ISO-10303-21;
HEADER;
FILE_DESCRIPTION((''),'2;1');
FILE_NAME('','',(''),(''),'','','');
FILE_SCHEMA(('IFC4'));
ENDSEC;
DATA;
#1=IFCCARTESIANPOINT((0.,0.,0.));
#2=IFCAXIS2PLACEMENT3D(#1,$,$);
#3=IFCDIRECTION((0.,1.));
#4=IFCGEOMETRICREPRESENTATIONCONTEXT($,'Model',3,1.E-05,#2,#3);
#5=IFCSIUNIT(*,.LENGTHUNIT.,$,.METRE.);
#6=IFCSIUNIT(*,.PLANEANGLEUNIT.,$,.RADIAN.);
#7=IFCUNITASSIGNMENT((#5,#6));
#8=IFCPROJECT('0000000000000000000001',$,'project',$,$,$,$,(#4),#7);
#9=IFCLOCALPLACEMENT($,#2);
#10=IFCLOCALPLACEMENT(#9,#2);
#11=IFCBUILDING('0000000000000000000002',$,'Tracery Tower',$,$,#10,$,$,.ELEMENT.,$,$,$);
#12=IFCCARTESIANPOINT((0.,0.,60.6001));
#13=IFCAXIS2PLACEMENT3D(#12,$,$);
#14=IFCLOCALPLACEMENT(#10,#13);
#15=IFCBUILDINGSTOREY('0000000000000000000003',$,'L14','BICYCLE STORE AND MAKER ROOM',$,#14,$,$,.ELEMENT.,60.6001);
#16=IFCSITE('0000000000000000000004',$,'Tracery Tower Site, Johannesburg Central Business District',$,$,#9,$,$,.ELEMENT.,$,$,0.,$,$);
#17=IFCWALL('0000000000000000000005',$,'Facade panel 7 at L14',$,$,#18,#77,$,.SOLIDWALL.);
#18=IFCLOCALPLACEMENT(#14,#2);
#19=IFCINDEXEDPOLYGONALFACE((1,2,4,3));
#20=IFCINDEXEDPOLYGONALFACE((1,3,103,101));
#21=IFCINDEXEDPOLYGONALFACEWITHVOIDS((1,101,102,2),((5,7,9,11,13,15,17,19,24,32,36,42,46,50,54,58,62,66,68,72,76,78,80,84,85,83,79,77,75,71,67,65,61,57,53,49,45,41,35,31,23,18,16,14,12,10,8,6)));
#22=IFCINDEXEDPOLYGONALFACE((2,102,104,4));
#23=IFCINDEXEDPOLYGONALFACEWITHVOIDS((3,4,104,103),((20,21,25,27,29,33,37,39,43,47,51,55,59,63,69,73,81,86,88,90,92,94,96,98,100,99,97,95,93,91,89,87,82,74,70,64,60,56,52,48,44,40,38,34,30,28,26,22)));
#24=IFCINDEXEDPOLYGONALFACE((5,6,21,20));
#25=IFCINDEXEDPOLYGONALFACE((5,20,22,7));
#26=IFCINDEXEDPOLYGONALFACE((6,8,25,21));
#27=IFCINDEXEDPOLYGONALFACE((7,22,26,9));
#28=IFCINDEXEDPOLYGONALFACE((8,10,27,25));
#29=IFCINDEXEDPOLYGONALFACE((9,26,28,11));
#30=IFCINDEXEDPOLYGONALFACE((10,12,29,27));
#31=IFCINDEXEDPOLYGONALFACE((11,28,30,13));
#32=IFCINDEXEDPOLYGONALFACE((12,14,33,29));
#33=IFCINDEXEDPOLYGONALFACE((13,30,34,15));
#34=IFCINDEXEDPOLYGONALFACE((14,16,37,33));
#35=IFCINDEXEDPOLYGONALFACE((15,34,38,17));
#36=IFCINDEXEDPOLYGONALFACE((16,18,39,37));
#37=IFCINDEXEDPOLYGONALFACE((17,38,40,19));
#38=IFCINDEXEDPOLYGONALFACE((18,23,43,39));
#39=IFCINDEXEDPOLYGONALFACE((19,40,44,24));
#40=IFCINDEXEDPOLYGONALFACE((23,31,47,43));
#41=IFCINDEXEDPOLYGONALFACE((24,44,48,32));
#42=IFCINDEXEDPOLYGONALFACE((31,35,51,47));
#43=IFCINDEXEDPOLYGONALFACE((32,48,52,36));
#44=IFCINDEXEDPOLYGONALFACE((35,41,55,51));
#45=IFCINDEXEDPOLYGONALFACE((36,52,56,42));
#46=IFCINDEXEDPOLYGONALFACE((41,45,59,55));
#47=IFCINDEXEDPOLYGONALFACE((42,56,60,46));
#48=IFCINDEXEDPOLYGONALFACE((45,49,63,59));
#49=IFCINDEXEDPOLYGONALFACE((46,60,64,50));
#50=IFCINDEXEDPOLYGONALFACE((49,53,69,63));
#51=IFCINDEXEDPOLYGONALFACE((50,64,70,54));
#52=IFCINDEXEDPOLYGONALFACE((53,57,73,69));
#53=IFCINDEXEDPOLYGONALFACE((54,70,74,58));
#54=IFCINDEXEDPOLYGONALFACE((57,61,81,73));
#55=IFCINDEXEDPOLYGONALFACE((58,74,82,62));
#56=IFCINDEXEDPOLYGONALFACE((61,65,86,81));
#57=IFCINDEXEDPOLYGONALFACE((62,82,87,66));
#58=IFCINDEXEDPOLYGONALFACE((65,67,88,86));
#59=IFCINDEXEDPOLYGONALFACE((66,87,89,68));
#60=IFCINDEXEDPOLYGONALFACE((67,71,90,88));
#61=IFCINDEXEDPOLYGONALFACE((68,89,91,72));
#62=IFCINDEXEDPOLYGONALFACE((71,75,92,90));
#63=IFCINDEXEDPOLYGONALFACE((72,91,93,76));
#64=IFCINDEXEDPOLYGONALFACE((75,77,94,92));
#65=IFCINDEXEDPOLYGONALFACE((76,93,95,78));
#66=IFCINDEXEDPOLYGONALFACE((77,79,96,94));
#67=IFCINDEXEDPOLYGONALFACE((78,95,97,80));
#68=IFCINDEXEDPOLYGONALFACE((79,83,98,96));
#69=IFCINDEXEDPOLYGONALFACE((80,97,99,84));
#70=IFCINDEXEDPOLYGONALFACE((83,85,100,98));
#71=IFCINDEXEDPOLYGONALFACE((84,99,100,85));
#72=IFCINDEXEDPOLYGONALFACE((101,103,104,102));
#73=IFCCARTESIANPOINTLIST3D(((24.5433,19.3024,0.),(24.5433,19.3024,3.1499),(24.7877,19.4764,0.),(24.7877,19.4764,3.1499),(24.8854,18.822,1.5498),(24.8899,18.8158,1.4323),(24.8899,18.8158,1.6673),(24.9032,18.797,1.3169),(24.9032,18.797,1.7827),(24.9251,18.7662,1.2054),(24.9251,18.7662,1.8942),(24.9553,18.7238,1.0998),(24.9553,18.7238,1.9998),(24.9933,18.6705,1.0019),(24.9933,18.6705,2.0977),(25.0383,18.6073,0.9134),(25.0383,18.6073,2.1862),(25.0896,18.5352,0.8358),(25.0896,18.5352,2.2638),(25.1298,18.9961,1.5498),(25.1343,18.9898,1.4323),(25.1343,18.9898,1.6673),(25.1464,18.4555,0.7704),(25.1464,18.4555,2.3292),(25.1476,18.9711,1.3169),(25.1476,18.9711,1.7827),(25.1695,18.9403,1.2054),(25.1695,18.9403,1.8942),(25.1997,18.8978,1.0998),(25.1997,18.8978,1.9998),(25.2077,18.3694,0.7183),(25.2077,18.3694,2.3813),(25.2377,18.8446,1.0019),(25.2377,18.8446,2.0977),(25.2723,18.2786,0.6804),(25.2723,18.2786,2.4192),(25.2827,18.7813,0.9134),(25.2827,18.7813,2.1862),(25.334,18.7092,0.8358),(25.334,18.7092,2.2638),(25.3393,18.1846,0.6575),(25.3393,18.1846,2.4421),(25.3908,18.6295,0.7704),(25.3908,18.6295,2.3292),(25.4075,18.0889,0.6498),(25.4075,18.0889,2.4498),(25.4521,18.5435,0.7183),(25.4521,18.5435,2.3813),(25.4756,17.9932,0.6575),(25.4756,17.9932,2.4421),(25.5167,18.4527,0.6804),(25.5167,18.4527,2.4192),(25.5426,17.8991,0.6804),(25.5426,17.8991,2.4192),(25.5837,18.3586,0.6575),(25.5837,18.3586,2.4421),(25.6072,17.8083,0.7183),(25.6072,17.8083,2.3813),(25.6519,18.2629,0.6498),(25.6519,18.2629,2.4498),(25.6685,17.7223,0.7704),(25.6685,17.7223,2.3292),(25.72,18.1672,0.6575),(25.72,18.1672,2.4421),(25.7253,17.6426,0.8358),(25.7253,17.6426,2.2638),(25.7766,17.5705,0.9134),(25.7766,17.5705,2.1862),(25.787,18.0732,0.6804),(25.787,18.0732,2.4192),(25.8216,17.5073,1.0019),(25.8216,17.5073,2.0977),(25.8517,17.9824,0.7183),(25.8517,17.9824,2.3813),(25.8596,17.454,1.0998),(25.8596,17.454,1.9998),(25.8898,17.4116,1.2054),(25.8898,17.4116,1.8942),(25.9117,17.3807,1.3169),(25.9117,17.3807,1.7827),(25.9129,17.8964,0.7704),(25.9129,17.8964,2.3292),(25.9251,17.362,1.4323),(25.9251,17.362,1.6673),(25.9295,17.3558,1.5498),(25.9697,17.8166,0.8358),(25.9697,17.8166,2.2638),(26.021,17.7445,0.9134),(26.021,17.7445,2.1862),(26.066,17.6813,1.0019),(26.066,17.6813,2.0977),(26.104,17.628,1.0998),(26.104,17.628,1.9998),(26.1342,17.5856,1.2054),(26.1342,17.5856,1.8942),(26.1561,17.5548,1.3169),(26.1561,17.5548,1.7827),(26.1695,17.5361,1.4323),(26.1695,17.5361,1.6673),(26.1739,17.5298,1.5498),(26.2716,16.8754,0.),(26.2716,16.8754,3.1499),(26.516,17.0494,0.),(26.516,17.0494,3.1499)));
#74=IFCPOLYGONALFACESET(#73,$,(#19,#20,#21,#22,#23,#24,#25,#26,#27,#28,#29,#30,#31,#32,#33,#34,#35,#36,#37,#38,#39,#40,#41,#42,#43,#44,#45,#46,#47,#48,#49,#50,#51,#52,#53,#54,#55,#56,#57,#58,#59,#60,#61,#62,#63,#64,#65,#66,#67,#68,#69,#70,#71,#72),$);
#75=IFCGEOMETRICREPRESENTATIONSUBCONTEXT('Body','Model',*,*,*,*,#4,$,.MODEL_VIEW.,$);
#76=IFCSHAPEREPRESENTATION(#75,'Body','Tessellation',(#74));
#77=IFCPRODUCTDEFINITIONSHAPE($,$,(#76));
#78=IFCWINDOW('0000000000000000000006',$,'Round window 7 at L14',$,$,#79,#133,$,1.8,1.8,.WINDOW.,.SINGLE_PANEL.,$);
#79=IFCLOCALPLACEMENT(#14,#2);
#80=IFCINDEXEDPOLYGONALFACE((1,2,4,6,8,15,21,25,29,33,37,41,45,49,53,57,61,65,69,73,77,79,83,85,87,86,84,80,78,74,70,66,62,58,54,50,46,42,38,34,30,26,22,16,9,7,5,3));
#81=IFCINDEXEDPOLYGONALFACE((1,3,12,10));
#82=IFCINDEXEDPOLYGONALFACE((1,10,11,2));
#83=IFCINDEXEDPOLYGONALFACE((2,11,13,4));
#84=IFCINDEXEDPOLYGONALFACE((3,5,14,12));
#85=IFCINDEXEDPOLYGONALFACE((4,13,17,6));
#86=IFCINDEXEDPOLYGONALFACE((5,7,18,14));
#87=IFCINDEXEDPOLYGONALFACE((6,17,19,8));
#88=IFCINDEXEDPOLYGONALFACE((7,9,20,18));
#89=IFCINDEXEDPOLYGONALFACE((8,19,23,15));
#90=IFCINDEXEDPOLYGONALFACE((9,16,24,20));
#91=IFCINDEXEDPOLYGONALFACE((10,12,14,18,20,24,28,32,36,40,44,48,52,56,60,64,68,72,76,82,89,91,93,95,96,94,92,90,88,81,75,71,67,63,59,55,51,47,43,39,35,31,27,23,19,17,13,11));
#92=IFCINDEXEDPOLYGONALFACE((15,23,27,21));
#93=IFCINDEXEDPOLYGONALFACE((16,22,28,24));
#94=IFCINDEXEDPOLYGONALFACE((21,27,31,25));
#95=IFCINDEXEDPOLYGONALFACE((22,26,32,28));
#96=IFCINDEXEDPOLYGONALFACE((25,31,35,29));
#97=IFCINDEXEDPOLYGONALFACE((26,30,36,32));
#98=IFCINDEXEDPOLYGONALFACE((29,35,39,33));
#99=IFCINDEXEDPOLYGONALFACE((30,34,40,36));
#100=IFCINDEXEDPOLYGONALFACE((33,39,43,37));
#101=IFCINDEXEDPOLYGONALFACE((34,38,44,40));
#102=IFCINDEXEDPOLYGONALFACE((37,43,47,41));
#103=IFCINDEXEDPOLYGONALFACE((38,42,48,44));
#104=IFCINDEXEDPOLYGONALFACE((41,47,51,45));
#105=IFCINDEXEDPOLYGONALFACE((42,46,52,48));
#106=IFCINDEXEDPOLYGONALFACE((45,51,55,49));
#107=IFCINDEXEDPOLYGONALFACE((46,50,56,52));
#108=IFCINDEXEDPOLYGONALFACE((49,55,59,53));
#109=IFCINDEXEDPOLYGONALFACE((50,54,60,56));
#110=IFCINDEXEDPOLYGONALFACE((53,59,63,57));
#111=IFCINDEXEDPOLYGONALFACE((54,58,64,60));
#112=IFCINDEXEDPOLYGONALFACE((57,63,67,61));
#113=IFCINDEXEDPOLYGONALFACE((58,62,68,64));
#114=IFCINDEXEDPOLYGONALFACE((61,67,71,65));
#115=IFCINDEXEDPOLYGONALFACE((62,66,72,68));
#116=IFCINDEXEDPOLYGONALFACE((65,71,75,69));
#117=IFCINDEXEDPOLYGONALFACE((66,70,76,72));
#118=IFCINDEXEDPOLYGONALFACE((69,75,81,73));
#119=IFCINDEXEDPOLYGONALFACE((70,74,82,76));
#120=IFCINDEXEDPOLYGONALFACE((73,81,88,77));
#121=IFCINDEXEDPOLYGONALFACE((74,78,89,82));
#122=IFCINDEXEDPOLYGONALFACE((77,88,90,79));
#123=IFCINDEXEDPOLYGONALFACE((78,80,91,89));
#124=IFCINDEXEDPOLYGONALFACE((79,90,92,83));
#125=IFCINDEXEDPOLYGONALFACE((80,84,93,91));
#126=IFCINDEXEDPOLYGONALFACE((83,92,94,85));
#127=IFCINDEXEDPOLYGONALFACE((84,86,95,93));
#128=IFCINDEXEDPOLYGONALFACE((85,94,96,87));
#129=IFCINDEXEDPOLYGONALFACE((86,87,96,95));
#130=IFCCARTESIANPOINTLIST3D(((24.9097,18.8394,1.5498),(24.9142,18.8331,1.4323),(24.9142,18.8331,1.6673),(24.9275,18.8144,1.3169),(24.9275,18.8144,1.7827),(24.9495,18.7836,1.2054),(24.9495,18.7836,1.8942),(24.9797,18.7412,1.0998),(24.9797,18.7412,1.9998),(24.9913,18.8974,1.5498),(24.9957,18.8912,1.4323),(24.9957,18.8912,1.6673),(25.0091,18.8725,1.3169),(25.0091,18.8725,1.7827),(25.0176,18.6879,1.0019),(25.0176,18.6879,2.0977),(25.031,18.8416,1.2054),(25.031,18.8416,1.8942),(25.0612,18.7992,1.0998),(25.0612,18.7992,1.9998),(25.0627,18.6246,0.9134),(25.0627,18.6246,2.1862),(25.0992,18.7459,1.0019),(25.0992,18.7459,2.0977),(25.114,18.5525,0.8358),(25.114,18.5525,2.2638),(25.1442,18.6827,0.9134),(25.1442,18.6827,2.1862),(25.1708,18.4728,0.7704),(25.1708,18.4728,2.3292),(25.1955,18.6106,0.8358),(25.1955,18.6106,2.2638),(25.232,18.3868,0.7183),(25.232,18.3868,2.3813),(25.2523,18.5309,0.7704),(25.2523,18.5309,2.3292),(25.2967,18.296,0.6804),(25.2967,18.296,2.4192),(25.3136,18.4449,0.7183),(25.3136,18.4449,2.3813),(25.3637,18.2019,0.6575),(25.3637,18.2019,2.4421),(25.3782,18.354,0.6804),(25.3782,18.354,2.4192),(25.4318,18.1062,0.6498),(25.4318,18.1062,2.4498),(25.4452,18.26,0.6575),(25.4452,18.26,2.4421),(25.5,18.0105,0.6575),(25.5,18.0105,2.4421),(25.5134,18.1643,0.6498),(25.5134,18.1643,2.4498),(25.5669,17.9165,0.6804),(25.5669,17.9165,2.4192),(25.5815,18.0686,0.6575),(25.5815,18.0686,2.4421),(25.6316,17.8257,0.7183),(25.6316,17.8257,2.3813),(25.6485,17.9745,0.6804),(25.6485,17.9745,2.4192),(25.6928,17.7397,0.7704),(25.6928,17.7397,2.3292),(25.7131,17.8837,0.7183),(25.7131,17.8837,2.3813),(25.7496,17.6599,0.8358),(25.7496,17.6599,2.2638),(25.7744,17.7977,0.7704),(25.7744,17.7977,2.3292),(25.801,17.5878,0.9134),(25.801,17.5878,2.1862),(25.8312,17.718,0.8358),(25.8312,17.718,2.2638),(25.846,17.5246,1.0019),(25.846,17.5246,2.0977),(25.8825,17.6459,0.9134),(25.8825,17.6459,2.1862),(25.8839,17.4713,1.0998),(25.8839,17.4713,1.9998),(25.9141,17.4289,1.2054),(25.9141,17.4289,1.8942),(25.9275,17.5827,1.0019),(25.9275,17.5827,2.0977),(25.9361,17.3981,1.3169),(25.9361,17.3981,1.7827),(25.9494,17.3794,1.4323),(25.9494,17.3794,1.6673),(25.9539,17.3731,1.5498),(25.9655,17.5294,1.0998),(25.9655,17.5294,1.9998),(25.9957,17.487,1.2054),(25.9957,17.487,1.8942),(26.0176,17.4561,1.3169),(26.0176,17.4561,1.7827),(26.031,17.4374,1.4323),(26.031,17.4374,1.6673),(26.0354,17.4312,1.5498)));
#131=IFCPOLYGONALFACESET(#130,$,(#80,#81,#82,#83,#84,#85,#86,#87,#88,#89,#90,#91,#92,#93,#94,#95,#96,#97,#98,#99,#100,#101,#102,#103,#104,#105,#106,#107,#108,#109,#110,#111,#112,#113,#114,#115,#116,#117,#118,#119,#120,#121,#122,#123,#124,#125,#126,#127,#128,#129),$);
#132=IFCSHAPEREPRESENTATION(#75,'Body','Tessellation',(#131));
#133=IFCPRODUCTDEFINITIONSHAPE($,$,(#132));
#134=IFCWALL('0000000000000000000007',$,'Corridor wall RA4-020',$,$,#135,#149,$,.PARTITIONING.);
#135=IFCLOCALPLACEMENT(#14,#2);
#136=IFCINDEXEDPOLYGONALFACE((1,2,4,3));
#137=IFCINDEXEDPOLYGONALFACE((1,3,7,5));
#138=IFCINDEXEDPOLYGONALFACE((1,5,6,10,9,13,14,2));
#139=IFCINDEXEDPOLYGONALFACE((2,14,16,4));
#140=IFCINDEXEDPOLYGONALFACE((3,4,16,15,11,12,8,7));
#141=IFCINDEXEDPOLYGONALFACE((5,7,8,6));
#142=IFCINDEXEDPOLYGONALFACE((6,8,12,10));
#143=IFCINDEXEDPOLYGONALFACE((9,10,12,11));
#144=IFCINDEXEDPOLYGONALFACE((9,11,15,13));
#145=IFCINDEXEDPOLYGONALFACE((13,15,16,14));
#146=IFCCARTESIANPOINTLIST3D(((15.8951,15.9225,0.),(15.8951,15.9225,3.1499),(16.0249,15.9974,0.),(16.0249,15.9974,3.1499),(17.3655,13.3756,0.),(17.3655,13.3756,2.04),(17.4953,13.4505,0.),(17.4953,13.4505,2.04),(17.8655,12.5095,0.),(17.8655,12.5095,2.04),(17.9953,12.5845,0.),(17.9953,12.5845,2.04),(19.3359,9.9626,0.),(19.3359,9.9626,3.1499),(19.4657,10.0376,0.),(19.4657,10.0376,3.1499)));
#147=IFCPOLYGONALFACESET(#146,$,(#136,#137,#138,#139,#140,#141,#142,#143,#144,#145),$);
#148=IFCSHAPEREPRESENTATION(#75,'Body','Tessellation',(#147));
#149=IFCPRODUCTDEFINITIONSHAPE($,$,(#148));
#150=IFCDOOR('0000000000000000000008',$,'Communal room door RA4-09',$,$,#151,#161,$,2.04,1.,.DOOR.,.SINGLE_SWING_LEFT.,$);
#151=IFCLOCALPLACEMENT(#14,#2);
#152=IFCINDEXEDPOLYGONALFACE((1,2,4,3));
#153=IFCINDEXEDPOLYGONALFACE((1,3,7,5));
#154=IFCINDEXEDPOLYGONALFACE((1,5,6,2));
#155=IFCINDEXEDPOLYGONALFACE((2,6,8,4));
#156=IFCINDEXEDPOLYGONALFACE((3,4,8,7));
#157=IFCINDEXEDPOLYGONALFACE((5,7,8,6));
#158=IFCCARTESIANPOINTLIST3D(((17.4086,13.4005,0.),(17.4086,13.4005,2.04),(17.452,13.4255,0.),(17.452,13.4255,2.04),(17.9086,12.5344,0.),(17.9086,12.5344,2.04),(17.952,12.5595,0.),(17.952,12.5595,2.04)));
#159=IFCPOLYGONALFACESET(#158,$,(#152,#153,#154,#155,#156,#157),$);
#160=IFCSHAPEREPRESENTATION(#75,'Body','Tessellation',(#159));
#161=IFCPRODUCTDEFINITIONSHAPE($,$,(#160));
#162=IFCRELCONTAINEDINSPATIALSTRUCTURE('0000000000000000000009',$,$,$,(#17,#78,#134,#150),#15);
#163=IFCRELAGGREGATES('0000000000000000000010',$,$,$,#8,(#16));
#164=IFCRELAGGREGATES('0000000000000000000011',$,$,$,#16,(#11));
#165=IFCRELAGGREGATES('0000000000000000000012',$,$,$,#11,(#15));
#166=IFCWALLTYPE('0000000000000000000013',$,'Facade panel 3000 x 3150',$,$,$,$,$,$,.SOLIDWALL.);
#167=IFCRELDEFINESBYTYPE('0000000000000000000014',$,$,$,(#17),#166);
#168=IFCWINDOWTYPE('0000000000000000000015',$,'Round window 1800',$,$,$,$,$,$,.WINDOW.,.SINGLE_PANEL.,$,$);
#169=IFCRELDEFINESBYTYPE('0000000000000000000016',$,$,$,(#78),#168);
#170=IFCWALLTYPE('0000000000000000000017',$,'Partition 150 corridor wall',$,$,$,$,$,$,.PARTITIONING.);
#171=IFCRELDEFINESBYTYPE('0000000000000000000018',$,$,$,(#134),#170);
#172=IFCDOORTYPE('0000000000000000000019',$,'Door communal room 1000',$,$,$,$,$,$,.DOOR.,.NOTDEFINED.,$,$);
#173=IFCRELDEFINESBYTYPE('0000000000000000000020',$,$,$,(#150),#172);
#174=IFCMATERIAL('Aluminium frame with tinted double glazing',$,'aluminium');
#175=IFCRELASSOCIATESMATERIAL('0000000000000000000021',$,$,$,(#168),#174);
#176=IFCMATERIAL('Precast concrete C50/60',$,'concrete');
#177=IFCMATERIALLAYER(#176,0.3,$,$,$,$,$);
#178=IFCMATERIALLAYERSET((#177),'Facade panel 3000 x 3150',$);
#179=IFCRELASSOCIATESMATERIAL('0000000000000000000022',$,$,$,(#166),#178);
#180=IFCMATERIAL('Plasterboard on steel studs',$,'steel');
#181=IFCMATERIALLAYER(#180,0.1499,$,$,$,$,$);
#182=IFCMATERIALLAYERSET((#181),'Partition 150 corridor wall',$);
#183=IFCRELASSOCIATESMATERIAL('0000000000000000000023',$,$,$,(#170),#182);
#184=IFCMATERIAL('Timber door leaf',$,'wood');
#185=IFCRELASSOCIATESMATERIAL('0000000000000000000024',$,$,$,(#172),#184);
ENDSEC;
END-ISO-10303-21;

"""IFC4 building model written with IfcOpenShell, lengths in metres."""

from ifc_helpers import new_model, si_unit, direction, frame, frame_2d, origin, origin_2d, place, context, subcontext, project, spatial, rectangle, circle, extrude, material, layer, layer_set, type_object, element, fill, save


model = new_model("IFC4")

# Units and contexts
model_context = context("Model", 3, precision=1e-05, world=origin(), true_north=direction((0.0, 1.0)))
body_context = subcontext(model_context, "Body", "Model", "MODEL_VIEW")
ifc_project = project(units=[si_unit("LENGTHUNIT", "METRE"), si_unit("PLANEANGLEUNIT", "RADIAN")], contexts=[model_context])

# Site, building, storey
site_placement = place(None, origin())
site = spatial("IfcSite", under=ifc_project, at=site_placement, Name="Tracery Tower Site, Johannesburg Central Business District", CompositionType="ELEMENT", RefElevation=0.0)
building_placement = place(site_placement, origin())
building = spatial("IfcBuilding", under=site, at=building_placement, Name="Tracery Tower", CompositionType="ELEMENT")
storey_placement = place(building_placement, frame((0.0, 0.0, 60.6001)))
storey = spatial("IfcBuildingStorey", under=building, at=storey_placement, Name="L14", Description="BICYCLE STORE AND MAKER ROOM", CompositionType="ELEMENT", Elevation=60.6001)

# Wall, opening, window
ifc_material_1 = material(Name="Aluminium frame with tinted double glazing", Category="aluminium")
window_type = type_object("IfcWindowType", Name="Round window 1800", PartitioningType="SINGLE_PANEL", PredefinedType="WINDOW", material=ifc_material_1)
ifc_material_2 = material(Name="Precast concrete C50/60", Category="concrete")
ifc_layer_1 = layer(ifc_material_2, 0.3)
ifc_layer_set_1 = layer_set([ifc_layer_1], Name="Facade panel 3000 x 3150")
wall_type_1 = type_object("IfcWallType", Name="Facade panel 3000 x 3150", PredefinedType="SOLIDWALL", material=ifc_layer_set_1)
wall_1_placement = place(storey_placement, frame((26.3938, 16.9624, 0.0), z_axis=(0.0, 0.0, 1.0), x_axis=(-0.580059, 0.814574, 0.0)))
wall_1 = element("IfcWall", 1, at=wall_1_placement, inside=storey, type_object=wall_type_1, Name="Facade panel 7 at L14", PredefinedType="SOLIDWALL", context=body_context, shape_type="SweptSolid", body=[
    extrude(rectangle(XDim=2.9795, YDim=0.3, at=frame_2d((1.4897, 0.0))), origin(), (0.0, 0.0, 1.0), 3.1499),
])
opening_1_placement = place(wall_1_placement, frame((1.4897, 0.0, 1.5498)))
opening_1 = element("IfcOpeningElement", 2, at=opening_1_placement, cuts=wall_1, PredefinedType="OPENING", context=body_context, shape_type="SweptSolid", body=[
    extrude(circle(Radius=0.9, at=origin_2d()), frame((0.0, 0.1599, 0.0), z_axis=(0.0, -1.0, 0.0), x_axis=(1.0, 0.0, 0.0)), (0.0, 0.0, 1.0), 0.3201),
])
window_1_placement = place(opening_1_placement, origin())
window_1 = element("IfcWindow", 3, at=window_1_placement, inside=storey, type_object=window_type, Name="Round window 7 at L14", OverallHeight=1.8, OverallWidth=1.8, PartitioningType="SINGLE_PANEL", PredefinedType="WINDOW", context=body_context, shape_type="SweptSolid", body=[
    extrude(circle(Radius=0.9, at=origin_2d()), frame((0.0, 0.1201, 0.0), z_axis=(0.0, -1.0, 0.0), x_axis=(1.0, 0.0, 0.0)), (0.0, 0.0, 1.0), 0.1001),
])
fill(opening_1, window_1)

# Wall, opening, door
ifc_material_3 = material(Name="Plasterboard on steel studs", Category="steel")
ifc_layer_2 = layer(ifc_material_3, 0.1499)
ifc_layer_set_2 = layer_set([ifc_layer_2], Name="Partition 150 corridor wall")
wall_type_2 = type_object("IfcWallType", Name="Partition 150 corridor wall", PredefinedType="PARTITIONING", material=ifc_layer_set_2)
wall_2_placement = place(storey_placement, frame((15.96, 15.96, 0.0), z_axis=(0.0, 0.0, 1.0), x_axis=(0.499993, -0.86603, 0.0)))
wall_2 = element("IfcWall", 4, at=wall_2_placement, inside=storey, type_object=wall_type_2, Name="Corridor wall RA4-020", PredefinedType="PARTITIONING", context=body_context, shape_type="SweptSolid", body=[
    extrude(rectangle(XDim=6.8818, YDim=0.1499, at=frame_2d((3.4409, 0.0))), origin(), (0.0, 0.0, 1.0), 3.1499),
])
opening_2_placement = place(wall_2_placement, frame((2.9409, 0.0, 0.0)))
opening_2 = element("IfcOpeningElement", 5, at=opening_2_placement, cuts=wall_2, PredefinedType="OPENING", context=body_context, shape_type="SweptSolid", body=[
    extrude(rectangle(XDim=1.0, YDim=2.04, at=frame_2d((0.5, 1.02))), frame((0.0, 0.075, 0.0), z_axis=(0.0, -1.0, 0.0), x_axis=(1.0, 0.0, 0.0)), (0.0, 0.0, 1.0), 0.1499),
])
ifc_material_4 = material(Name="Timber door leaf", Category="wood")
door_type_1 = type_object("IfcDoorType", Name="Door communal room 1000", OperationType="NOTDEFINED", PredefinedType="DOOR", material=ifc_material_4)
door_1_placement = place(opening_2_placement, origin())
door_1 = element("IfcDoor", 6, at=door_1_placement, inside=storey, type_object=door_type_1, Name="Communal room door RA4-09", OperationType="SINGLE_SWING_LEFT", OverallHeight=2.04, OverallWidth=1.0, PredefinedType="DOOR", context=body_context, shape_type="SweptSolid", body=[
    extrude(rectangle(XDim=1.0, YDim=2.04, at=frame_2d((0.5, 1.02))), frame((0.0, 0.0249, 0.0), z_axis=(0.0, -1.0, 0.0), x_axis=(1.0, 0.0, 0.0)), (0.0, 0.0, 1.0), 0.05),
])
fill(opening_2, door_1)

save(model, "model.ifc")
